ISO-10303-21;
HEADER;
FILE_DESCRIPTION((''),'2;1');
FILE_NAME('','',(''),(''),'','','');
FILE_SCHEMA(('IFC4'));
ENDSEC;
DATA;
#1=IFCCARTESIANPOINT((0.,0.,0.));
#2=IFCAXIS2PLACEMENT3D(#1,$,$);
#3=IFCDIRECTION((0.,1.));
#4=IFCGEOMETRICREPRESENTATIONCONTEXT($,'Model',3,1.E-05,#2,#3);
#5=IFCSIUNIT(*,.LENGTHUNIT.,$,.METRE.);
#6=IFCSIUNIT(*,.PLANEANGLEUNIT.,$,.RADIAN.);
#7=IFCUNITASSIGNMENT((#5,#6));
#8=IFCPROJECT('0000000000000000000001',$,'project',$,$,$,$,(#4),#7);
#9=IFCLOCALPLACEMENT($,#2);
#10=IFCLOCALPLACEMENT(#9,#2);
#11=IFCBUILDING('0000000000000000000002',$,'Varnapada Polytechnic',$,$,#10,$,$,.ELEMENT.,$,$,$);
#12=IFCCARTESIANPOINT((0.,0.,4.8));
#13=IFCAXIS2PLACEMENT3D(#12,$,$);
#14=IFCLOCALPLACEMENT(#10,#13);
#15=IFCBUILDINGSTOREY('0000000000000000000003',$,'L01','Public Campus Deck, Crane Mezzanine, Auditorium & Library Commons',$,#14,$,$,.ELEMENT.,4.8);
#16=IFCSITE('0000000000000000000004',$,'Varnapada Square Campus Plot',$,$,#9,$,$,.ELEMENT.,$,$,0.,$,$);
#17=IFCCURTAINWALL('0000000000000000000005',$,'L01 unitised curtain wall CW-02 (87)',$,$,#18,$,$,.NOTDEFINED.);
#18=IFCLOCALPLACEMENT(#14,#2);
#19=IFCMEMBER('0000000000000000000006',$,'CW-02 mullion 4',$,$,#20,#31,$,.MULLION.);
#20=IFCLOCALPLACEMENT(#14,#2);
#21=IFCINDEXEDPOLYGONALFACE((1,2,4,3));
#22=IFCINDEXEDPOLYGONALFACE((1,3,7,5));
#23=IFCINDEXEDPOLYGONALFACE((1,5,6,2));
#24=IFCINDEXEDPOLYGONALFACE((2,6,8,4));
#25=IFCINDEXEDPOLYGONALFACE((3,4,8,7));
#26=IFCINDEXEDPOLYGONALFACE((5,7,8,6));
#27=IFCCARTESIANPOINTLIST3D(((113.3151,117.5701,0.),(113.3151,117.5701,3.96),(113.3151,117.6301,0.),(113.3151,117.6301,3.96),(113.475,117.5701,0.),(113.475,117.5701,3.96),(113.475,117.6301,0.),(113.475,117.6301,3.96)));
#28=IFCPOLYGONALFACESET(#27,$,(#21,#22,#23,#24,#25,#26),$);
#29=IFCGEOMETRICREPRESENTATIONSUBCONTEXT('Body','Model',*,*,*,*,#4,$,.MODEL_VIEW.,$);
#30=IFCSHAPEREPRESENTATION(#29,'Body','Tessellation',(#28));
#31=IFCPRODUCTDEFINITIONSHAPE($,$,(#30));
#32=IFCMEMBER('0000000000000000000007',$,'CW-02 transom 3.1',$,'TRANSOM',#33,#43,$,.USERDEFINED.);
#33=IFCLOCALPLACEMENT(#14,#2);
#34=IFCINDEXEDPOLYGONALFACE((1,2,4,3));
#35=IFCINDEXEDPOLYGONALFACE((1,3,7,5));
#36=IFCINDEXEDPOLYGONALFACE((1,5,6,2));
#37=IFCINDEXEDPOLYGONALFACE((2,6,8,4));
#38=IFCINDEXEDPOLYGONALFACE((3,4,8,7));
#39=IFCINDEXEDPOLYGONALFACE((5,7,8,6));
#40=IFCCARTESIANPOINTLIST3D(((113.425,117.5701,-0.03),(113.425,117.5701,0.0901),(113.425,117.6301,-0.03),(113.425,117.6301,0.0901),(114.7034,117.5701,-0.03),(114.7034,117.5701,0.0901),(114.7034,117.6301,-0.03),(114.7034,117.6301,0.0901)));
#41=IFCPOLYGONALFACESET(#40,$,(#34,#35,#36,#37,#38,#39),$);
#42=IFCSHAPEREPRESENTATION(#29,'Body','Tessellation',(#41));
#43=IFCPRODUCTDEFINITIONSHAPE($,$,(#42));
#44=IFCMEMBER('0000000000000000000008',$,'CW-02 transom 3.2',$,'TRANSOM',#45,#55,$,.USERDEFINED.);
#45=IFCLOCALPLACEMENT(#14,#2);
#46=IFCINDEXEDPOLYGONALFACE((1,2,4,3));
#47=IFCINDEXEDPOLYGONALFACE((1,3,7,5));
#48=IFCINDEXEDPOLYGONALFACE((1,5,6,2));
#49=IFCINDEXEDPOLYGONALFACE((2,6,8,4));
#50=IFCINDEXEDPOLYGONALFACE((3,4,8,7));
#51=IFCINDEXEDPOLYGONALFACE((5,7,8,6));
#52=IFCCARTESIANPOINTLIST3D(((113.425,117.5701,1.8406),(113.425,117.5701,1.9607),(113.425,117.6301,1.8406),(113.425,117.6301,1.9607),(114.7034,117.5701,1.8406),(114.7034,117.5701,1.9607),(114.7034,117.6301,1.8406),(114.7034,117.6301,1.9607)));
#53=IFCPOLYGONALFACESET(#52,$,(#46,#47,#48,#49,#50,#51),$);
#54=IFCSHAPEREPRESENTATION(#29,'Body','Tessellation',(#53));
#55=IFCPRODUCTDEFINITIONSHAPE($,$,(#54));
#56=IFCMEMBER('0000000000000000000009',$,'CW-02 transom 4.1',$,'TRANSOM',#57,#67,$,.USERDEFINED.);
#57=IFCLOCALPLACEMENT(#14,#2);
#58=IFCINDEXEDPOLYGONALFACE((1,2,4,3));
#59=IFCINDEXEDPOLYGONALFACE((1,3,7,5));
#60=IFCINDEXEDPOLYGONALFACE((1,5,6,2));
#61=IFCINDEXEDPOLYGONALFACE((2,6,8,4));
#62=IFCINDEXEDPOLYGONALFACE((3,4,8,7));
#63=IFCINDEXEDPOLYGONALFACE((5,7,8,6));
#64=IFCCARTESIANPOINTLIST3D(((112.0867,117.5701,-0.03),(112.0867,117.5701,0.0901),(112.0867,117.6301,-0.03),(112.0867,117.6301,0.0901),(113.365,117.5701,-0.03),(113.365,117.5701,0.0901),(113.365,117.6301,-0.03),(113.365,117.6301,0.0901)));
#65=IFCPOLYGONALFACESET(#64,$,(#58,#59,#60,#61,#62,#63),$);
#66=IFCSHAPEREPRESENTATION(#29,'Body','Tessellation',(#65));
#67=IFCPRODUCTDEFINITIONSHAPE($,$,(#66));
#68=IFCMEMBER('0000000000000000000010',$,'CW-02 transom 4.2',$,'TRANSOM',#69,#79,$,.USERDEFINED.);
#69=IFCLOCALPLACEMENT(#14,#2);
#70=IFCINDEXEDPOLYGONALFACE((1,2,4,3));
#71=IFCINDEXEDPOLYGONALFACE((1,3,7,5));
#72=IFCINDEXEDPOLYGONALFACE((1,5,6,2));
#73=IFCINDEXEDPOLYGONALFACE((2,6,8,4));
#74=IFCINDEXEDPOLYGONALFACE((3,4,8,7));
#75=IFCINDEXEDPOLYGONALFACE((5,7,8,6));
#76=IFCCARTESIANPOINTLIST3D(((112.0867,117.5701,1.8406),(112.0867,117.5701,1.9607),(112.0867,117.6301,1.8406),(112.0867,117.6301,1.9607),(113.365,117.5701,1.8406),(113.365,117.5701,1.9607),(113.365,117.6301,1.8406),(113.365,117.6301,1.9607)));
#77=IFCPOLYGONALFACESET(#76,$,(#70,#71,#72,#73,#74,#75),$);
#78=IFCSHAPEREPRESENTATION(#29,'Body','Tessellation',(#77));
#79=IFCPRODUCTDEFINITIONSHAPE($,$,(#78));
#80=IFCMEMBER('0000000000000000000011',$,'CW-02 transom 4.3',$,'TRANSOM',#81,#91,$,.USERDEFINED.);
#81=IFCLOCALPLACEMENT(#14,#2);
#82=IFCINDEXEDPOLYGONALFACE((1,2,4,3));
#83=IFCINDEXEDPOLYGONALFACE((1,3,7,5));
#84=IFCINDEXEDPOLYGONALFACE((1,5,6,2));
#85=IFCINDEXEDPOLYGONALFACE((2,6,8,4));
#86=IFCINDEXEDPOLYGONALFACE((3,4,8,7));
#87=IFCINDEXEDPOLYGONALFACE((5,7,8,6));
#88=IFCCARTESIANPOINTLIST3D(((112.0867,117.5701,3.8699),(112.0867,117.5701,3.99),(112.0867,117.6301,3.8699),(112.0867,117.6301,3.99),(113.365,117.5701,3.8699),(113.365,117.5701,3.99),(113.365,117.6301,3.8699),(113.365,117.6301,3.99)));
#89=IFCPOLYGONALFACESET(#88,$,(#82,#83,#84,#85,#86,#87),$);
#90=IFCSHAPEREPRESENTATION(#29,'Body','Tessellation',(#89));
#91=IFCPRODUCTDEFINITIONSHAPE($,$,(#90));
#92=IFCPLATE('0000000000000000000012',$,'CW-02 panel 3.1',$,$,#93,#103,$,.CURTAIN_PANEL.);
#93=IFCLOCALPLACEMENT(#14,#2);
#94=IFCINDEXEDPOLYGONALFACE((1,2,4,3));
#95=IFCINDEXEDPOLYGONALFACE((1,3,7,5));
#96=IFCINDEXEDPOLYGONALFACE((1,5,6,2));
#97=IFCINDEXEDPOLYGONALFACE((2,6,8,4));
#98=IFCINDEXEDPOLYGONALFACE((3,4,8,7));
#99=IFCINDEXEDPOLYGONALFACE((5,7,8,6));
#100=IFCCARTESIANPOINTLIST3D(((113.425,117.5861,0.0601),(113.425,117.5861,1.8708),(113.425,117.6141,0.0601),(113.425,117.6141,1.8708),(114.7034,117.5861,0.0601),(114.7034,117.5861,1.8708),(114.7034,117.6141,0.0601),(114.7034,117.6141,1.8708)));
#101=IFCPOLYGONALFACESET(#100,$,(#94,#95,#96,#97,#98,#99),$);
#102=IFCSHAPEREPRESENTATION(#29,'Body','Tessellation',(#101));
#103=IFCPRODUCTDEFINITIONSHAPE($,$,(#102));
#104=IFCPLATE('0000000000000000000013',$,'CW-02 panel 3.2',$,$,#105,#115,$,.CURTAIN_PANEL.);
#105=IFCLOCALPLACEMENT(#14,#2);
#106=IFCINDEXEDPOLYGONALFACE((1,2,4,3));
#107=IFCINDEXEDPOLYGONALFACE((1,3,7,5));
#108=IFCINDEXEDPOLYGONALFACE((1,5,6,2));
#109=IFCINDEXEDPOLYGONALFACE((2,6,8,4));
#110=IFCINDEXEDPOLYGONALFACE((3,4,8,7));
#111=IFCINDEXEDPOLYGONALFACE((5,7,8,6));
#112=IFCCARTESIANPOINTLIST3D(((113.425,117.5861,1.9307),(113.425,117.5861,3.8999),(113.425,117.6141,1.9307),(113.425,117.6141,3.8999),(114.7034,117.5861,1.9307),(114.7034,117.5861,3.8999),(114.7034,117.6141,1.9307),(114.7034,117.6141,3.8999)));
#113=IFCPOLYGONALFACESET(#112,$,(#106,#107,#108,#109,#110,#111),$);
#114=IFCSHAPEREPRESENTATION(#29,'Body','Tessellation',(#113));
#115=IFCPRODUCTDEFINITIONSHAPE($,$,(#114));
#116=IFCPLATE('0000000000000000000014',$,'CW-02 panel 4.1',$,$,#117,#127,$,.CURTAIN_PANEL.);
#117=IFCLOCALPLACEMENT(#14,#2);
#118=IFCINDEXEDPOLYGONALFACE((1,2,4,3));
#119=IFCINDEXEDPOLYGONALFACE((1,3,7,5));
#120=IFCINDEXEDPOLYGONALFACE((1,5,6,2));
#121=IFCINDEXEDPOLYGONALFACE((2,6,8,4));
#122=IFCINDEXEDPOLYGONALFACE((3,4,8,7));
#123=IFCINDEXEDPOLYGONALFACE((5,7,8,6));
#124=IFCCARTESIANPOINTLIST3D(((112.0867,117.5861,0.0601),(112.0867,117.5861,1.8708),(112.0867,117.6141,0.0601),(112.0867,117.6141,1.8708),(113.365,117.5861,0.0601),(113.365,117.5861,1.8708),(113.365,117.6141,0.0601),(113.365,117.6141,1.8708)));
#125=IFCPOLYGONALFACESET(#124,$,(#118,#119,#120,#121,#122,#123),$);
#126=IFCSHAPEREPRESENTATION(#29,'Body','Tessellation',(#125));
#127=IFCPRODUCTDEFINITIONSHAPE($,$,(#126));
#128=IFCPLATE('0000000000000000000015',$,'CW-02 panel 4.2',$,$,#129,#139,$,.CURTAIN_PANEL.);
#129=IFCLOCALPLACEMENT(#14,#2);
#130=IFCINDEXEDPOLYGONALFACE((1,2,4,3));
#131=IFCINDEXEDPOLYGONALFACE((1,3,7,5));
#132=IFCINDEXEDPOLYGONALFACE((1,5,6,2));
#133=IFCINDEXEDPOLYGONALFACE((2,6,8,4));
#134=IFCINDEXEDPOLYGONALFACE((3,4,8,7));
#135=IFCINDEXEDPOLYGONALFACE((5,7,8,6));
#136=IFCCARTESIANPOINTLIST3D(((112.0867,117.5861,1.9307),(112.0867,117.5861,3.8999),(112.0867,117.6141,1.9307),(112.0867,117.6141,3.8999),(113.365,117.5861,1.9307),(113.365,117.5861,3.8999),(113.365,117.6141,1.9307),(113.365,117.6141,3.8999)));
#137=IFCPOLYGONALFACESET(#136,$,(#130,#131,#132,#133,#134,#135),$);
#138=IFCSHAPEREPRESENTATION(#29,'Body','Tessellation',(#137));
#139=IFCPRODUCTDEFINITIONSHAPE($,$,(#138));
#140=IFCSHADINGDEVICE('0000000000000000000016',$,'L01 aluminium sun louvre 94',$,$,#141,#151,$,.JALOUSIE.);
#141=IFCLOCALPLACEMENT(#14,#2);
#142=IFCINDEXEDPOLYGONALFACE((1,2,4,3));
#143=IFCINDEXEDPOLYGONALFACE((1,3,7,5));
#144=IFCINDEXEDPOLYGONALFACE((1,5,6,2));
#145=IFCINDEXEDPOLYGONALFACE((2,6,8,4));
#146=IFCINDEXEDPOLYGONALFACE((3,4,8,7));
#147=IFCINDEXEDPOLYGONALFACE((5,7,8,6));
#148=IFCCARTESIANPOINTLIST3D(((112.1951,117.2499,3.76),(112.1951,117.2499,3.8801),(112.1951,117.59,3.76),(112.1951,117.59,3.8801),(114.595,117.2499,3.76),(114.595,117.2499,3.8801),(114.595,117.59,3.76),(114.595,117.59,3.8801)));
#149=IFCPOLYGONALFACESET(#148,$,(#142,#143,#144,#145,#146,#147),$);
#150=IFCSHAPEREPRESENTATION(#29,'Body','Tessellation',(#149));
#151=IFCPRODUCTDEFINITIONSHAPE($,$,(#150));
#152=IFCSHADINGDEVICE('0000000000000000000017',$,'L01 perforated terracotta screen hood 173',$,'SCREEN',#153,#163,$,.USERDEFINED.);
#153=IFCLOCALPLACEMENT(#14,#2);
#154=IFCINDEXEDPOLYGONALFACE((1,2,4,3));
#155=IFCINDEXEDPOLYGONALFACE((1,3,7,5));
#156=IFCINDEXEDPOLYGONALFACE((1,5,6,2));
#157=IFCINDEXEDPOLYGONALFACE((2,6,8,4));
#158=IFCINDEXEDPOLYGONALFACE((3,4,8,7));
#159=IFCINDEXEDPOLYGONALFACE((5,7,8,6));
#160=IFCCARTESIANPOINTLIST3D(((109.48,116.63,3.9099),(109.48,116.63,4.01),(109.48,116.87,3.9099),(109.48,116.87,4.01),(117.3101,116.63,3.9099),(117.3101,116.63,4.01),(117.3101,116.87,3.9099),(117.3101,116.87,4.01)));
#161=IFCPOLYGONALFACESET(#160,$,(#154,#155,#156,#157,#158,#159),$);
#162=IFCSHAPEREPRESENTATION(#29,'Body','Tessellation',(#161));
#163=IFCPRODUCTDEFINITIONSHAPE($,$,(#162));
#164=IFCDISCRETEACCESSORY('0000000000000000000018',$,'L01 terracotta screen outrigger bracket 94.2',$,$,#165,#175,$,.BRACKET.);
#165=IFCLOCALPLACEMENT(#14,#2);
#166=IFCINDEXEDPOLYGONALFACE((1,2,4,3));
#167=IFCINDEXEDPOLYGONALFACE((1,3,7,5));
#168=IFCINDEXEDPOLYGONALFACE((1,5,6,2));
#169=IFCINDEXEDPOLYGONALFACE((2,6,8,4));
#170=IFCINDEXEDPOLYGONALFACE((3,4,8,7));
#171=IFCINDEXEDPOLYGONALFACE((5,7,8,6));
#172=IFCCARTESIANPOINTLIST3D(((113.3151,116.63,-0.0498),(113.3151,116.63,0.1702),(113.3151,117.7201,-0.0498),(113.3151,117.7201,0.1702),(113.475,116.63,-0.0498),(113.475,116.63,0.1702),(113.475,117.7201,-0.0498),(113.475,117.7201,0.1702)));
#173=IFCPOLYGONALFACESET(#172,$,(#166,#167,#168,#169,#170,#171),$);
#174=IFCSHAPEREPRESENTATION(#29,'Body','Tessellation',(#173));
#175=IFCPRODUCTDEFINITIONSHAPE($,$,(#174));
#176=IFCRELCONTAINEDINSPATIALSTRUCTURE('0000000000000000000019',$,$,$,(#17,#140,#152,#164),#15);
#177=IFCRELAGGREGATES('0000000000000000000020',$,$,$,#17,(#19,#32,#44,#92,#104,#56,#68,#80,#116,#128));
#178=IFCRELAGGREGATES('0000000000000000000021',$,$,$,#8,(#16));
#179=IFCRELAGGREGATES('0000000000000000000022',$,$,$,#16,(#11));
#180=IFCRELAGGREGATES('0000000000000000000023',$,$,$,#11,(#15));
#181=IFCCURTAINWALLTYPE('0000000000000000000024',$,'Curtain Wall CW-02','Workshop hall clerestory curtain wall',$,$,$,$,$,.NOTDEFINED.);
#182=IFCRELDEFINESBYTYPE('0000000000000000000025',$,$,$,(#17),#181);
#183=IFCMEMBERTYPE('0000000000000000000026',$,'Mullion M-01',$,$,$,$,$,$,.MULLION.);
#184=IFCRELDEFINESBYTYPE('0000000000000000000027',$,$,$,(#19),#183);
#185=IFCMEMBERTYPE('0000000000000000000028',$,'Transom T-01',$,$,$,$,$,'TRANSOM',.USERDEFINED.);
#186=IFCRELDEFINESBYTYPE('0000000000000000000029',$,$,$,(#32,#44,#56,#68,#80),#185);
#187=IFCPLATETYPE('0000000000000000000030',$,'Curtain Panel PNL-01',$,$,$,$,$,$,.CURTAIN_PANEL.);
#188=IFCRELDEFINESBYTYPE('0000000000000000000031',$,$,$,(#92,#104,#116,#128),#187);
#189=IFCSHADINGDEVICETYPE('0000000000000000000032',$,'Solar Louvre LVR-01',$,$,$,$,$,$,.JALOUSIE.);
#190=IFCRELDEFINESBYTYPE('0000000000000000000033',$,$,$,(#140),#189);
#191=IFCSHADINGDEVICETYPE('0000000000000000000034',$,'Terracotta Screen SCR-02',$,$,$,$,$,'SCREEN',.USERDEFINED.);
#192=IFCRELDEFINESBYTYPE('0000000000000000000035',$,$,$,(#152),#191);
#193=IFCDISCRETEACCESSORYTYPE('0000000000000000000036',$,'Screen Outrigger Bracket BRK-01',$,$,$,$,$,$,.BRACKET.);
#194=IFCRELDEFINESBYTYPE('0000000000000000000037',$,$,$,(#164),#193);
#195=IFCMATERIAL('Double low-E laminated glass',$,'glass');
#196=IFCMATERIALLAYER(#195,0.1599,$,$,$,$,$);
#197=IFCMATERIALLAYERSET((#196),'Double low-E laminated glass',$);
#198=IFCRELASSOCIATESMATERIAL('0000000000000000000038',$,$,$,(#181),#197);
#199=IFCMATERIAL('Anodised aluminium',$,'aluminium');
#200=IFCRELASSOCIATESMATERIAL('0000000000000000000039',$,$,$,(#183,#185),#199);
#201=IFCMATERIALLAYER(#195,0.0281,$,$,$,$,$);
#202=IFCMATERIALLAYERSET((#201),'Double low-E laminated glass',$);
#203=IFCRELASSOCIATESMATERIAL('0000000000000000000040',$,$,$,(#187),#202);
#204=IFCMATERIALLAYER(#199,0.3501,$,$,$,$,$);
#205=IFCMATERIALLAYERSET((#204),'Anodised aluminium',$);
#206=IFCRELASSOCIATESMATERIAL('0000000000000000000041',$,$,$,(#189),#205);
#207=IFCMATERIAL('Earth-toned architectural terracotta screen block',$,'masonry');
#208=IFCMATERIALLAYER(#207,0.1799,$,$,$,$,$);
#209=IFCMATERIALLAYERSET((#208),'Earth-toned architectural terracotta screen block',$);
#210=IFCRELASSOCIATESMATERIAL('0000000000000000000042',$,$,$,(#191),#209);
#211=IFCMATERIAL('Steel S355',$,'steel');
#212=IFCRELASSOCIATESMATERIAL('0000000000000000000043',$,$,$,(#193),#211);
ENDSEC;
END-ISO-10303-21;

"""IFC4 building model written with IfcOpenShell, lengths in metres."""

from ifc_helpers import new_model, si_unit, direction, frame, origin, origin_2d, place, context, subcontext, project, spatial, rectangle, extrude, material, layer, layer_set, material_profile, profile_set, type_object, element, aggregate, save


model = new_model("IFC4")

# Units and contexts
model_context = context("Model", 3, precision=1e-05, world=origin(), true_north=direction((0.0, 1.0)))
body_context = subcontext(model_context, "Body", "Model", "MODEL_VIEW")
ifc_project = project(units=[si_unit("LENGTHUNIT", "METRE"), si_unit("PLANEANGLEUNIT", "RADIAN")], contexts=[model_context])

# Site, building, storey
site_placement = place(None, origin())
site = spatial("IfcSite", under=ifc_project, at=site_placement, Name="Varnapada Square Campus Plot", CompositionType="ELEMENT", RefElevation=0.0)
building_placement = place(site_placement, origin())
building = spatial("IfcBuilding", under=site, at=building_placement, Name="Varnapada Polytechnic", CompositionType="ELEMENT")
storey_placement = place(building_placement, frame((0.0, 0.0, 4.8)))
storey = spatial("IfcBuildingStorey", under=building, at=storey_placement, Name="L01", Description="Public Campus Deck, Crane Mezzanine, Auditorium & Library Commons", CompositionType="ELEMENT", Elevation=4.8)

# Curtain wall, members, plates
ifc_material_1 = material(Name="Double low-E laminated glass", Category="glass")
ifc_layer_1 = layer(ifc_material_1, 0.1599)
ifc_layer_set_1 = layer_set([ifc_layer_1], Name="Double low-E laminated glass")
curtain_wall_type = type_object("IfcCurtainWallType", Name="Curtain Wall CW-02", Description="Workshop hall clerestory curtain wall", PredefinedType="NOTDEFINED", material=ifc_layer_set_1)
curtain_wall_placement = place(storey_placement, origin())
curtain_wall = element("IfcCurtainWall", 1, at=curtain_wall_placement, inside=storey, type_object=curtain_wall_type, Name="L01 unitised curtain wall CW-02 (87)", PredefinedType="NOTDEFINED")
ifc_material_2 = material(Name="Anodised aluminium", Category="aluminium")
ifc_material_profile_1 = material_profile(ifc_material_2, rectangle(XDim=0.0601, YDim=0.1599, at=origin_2d()), Name="ALU M60x160")
ifc_profile_set_1 = profile_set([ifc_material_profile_1], Name="Anodised aluminium")
member_type_1 = type_object("IfcMemberType", Name="Mullion M-01", PredefinedType="MULLION", material=ifc_profile_set_1)
member_1_placement = place(storey_placement, frame((113.395, 117.6001, 0.0), z_axis=(0.0, 0.0, 1.0), x_axis=(0.0, -1.0, 0.0)))
member_1 = element("IfcMember", 2, at=member_1_placement, type_object=member_type_1, Name="CW-02 mullion 4", PredefinedType="MULLION", context=body_context, shape_type="SweptSolid", body=[
    extrude(rectangle(XDim=0.0601, YDim=0.1599, at=origin_2d()), origin(), (0.0, 0.0, 1.0), 3.96),
])
ifc_material_profile_2 = material_profile(ifc_material_2, rectangle(XDim=0.0601, YDim=0.1201, at=origin_2d()), Name="ALU T60x120")
ifc_profile_set_2 = profile_set([ifc_material_profile_2], Name="Anodised aluminium")
member_type_2 = type_object("IfcMemberType", Name="Transom T-01", ElementType="TRANSOM", PredefinedType="USERDEFINED", material=ifc_profile_set_2)
member_2_placement = place(storey_placement, frame((114.7034, 117.6001, 0.03), z_axis=(-1.0, 0.0, 0.0), x_axis=(0.0, -1.0, 0.0)))
member_2 = element("IfcMember", 3, at=member_2_placement, type_object=member_type_2, Name="CW-02 transom 3.1", ObjectType="TRANSOM", PredefinedType="USERDEFINED", context=body_context, shape_type="SweptSolid", body=[
    extrude(rectangle(XDim=0.0601, YDim=0.1201, at=origin_2d()), origin(), (0.0, 0.0, 1.0), 1.2783),
])
member_3_placement = place(storey_placement, frame((114.7034, 117.6001, 1.9006), z_axis=(-1.0, 0.0, 0.0), x_axis=(0.0, -1.0, 0.0)))
member_3 = element("IfcMember", 4, at=member_3_placement, type_object=member_type_2, Name="CW-02 transom 3.2", ObjectType="TRANSOM", PredefinedType="USERDEFINED", context=body_context, shape_type="SweptSolid", body=[
    extrude(rectangle(XDim=0.0601, YDim=0.1201, at=origin_2d()), origin(), (0.0, 0.0, 1.0), 1.2783),
])
member_4_placement = place(storey_placement, frame((113.365, 117.6001, 0.03), z_axis=(-1.0, 0.0, 0.0), x_axis=(0.0, -1.0, 0.0)))
member_4 = element("IfcMember", 5, at=member_4_placement, type_object=member_type_2, Name="CW-02 transom 4.1", ObjectType="TRANSOM", PredefinedType="USERDEFINED", context=body_context, shape_type="SweptSolid", body=[
    extrude(rectangle(XDim=0.0601, YDim=0.1201, at=origin_2d()), origin(), (0.0, 0.0, 1.0), 1.2783),
])
member_5_placement = place(storey_placement, frame((113.365, 117.6001, 1.9006), z_axis=(-1.0, 0.0, 0.0), x_axis=(0.0, -1.0, 0.0)))
member_5 = element("IfcMember", 6, at=member_5_placement, type_object=member_type_2, Name="CW-02 transom 4.2", ObjectType="TRANSOM", PredefinedType="USERDEFINED", context=body_context, shape_type="SweptSolid", body=[
    extrude(rectangle(XDim=0.0601, YDim=0.1201, at=origin_2d()), origin(), (0.0, 0.0, 1.0), 1.2783),
])
member_6_placement = place(storey_placement, frame((113.365, 117.6001, 3.9299), z_axis=(-1.0, 0.0, 0.0), x_axis=(0.0, -1.0, 0.0)))
member_6 = element("IfcMember", 7, at=member_6_placement, type_object=member_type_2, Name="CW-02 transom 4.3", ObjectType="TRANSOM", PredefinedType="USERDEFINED", context=body_context, shape_type="SweptSolid", body=[
    extrude(rectangle(XDim=0.0601, YDim=0.1201, at=origin_2d()), origin(), (0.0, 0.0, 1.0), 1.2783),
])
ifc_layer_2 = layer(ifc_material_1, 0.0281)
ifc_layer_set_2 = layer_set([ifc_layer_2], Name="Double low-E laminated glass")
plate_type = type_object("IfcPlateType", Name="Curtain Panel PNL-01", PredefinedType="CURTAIN_PANEL", material=ifc_layer_set_2)
plate_1_placement = place(storey_placement, frame((114.0642, 117.6001, 0.0601), z_axis=(0.0, 0.0, 1.0), x_axis=(-1.0, 0.0, 0.0)))
plate_1 = element("IfcPlate", 8, at=plate_1_placement, type_object=plate_type, Name="CW-02 panel 3.1", PredefinedType="CURTAIN_PANEL", context=body_context, shape_type="SweptSolid", body=[
    extrude(rectangle(XDim=1.2783, YDim=0.0281, at=origin_2d()), origin(), (0.0, 0.0, 1.0), 1.8108),
])
plate_2_placement = place(storey_placement, frame((114.0642, 117.6001, 1.9307), z_axis=(0.0, 0.0, 1.0), x_axis=(-1.0, 0.0, 0.0)))
plate_2 = element("IfcPlate", 9, at=plate_2_placement, type_object=plate_type, Name="CW-02 panel 3.2", PredefinedType="CURTAIN_PANEL", context=body_context, shape_type="SweptSolid", body=[
    extrude(rectangle(XDim=1.2783, YDim=0.0281, at=origin_2d()), origin(), (0.0, 0.0, 1.0), 1.9692),
])
plate_3_placement = place(storey_placement, frame((112.7258, 117.6001, 0.0601), z_axis=(0.0, 0.0, 1.0), x_axis=(-1.0, 0.0, 0.0)))
plate_3 = element("IfcPlate", 10, at=plate_3_placement, type_object=plate_type, Name="CW-02 panel 4.1", PredefinedType="CURTAIN_PANEL", context=body_context, shape_type="SweptSolid", body=[
    extrude(rectangle(XDim=1.2783, YDim=0.0281, at=origin_2d()), origin(), (0.0, 0.0, 1.0), 1.8108),
])
plate_4_placement = place(storey_placement, frame((112.7258, 117.6001, 1.9307), z_axis=(0.0, 0.0, 1.0), x_axis=(-1.0, 0.0, 0.0)))
plate_4 = element("IfcPlate", 11, at=plate_4_placement, type_object=plate_type, Name="CW-02 panel 4.2", PredefinedType="CURTAIN_PANEL", context=body_context, shape_type="SweptSolid", body=[
    extrude(rectangle(XDim=1.2783, YDim=0.0281, at=origin_2d()), origin(), (0.0, 0.0, 1.0), 1.9692),
])
aggregate(curtain_wall, [member_1, member_2, member_3, plate_1, plate_2, member_4, member_5, member_6, plate_3, plate_4])

# Shading devices
ifc_layer_3 = layer(ifc_material_2, 0.3501)
ifc_layer_set_3 = layer_set([ifc_layer_3], Name="Anodised aluminium")
shading_device_type_1 = type_object("IfcShadingDeviceType", Name="Solar Louvre LVR-01", PredefinedType="JALOUSIE", material=ifc_layer_set_3)
shading_device_1_placement = place(storey_placement, frame((113.395, 117.4199, 3.76), z_axis=(0.0, 0.0, 1.0), x_axis=(-1.0, 0.0, 0.0)))
element("IfcShadingDevice", 12, at=shading_device_1_placement, inside=storey, type_object=shading_device_type_1, Name="L01 aluminium sun louvre 94", PredefinedType="JALOUSIE", context=body_context, shape_type="SweptSolid", body=[
    extrude(rectangle(XDim=2.3999, YDim=0.3401, at=origin_2d()), origin(), (0.0, 0.0, 1.0), 0.1201),
])
ifc_material_3 = material(Name="Earth-toned architectural terracotta screen block", Category="masonry")
ifc_layer_4 = layer(ifc_material_3, 0.1799)
ifc_layer_set_4 = layer_set([ifc_layer_4], Name="Earth-toned architectural terracotta screen block")
shading_device_type_2 = type_object("IfcShadingDeviceType", Name="Terracotta Screen SCR-02", ElementType="SCREEN", PredefinedType="USERDEFINED", material=ifc_layer_set_4)
shading_device_2_placement = place(storey_placement, frame((113.395, 116.75, 3.9099), z_axis=(0.0, 0.0, 1.0), x_axis=(-1.0, 0.0, 0.0)))
element("IfcShadingDevice", 13, at=shading_device_2_placement, inside=storey, type_object=shading_device_type_2, Name="L01 perforated terracotta screen hood 173", ObjectType="SCREEN", PredefinedType="USERDEFINED", context=body_context, shape_type="SweptSolid", body=[
    extrude(rectangle(XDim=7.8301, YDim=0.24, at=origin_2d()), origin(), (0.0, 0.0, 1.0), 0.1001),
])

# Discrete accessory
ifc_material_4 = material(Name="Steel S355", Category="steel")
discrete_accessory_type = type_object("IfcDiscreteAccessoryType", Name="Screen Outrigger Bracket BRK-01", PredefinedType="BRACKET", material=ifc_material_4)
discrete_accessory_placement = place(storey_placement, frame((113.395, 117.175, -0.0498), z_axis=(0.0, 0.0, 1.0), x_axis=(-1.0, 0.0, 0.0)))
element("IfcDiscreteAccessory", 14, at=discrete_accessory_placement, inside=storey, type_object=discrete_accessory_type, Name="L01 terracotta screen outrigger bracket 94.2", PredefinedType="BRACKET", context=body_context, shape_type="SweptSolid", body=[
    extrude(rectangle(XDim=0.1599, YDim=1.0901, at=origin_2d()), origin(), (0.0, 0.0, 1.0), 0.22),
])

save(model, "model.ifc")
